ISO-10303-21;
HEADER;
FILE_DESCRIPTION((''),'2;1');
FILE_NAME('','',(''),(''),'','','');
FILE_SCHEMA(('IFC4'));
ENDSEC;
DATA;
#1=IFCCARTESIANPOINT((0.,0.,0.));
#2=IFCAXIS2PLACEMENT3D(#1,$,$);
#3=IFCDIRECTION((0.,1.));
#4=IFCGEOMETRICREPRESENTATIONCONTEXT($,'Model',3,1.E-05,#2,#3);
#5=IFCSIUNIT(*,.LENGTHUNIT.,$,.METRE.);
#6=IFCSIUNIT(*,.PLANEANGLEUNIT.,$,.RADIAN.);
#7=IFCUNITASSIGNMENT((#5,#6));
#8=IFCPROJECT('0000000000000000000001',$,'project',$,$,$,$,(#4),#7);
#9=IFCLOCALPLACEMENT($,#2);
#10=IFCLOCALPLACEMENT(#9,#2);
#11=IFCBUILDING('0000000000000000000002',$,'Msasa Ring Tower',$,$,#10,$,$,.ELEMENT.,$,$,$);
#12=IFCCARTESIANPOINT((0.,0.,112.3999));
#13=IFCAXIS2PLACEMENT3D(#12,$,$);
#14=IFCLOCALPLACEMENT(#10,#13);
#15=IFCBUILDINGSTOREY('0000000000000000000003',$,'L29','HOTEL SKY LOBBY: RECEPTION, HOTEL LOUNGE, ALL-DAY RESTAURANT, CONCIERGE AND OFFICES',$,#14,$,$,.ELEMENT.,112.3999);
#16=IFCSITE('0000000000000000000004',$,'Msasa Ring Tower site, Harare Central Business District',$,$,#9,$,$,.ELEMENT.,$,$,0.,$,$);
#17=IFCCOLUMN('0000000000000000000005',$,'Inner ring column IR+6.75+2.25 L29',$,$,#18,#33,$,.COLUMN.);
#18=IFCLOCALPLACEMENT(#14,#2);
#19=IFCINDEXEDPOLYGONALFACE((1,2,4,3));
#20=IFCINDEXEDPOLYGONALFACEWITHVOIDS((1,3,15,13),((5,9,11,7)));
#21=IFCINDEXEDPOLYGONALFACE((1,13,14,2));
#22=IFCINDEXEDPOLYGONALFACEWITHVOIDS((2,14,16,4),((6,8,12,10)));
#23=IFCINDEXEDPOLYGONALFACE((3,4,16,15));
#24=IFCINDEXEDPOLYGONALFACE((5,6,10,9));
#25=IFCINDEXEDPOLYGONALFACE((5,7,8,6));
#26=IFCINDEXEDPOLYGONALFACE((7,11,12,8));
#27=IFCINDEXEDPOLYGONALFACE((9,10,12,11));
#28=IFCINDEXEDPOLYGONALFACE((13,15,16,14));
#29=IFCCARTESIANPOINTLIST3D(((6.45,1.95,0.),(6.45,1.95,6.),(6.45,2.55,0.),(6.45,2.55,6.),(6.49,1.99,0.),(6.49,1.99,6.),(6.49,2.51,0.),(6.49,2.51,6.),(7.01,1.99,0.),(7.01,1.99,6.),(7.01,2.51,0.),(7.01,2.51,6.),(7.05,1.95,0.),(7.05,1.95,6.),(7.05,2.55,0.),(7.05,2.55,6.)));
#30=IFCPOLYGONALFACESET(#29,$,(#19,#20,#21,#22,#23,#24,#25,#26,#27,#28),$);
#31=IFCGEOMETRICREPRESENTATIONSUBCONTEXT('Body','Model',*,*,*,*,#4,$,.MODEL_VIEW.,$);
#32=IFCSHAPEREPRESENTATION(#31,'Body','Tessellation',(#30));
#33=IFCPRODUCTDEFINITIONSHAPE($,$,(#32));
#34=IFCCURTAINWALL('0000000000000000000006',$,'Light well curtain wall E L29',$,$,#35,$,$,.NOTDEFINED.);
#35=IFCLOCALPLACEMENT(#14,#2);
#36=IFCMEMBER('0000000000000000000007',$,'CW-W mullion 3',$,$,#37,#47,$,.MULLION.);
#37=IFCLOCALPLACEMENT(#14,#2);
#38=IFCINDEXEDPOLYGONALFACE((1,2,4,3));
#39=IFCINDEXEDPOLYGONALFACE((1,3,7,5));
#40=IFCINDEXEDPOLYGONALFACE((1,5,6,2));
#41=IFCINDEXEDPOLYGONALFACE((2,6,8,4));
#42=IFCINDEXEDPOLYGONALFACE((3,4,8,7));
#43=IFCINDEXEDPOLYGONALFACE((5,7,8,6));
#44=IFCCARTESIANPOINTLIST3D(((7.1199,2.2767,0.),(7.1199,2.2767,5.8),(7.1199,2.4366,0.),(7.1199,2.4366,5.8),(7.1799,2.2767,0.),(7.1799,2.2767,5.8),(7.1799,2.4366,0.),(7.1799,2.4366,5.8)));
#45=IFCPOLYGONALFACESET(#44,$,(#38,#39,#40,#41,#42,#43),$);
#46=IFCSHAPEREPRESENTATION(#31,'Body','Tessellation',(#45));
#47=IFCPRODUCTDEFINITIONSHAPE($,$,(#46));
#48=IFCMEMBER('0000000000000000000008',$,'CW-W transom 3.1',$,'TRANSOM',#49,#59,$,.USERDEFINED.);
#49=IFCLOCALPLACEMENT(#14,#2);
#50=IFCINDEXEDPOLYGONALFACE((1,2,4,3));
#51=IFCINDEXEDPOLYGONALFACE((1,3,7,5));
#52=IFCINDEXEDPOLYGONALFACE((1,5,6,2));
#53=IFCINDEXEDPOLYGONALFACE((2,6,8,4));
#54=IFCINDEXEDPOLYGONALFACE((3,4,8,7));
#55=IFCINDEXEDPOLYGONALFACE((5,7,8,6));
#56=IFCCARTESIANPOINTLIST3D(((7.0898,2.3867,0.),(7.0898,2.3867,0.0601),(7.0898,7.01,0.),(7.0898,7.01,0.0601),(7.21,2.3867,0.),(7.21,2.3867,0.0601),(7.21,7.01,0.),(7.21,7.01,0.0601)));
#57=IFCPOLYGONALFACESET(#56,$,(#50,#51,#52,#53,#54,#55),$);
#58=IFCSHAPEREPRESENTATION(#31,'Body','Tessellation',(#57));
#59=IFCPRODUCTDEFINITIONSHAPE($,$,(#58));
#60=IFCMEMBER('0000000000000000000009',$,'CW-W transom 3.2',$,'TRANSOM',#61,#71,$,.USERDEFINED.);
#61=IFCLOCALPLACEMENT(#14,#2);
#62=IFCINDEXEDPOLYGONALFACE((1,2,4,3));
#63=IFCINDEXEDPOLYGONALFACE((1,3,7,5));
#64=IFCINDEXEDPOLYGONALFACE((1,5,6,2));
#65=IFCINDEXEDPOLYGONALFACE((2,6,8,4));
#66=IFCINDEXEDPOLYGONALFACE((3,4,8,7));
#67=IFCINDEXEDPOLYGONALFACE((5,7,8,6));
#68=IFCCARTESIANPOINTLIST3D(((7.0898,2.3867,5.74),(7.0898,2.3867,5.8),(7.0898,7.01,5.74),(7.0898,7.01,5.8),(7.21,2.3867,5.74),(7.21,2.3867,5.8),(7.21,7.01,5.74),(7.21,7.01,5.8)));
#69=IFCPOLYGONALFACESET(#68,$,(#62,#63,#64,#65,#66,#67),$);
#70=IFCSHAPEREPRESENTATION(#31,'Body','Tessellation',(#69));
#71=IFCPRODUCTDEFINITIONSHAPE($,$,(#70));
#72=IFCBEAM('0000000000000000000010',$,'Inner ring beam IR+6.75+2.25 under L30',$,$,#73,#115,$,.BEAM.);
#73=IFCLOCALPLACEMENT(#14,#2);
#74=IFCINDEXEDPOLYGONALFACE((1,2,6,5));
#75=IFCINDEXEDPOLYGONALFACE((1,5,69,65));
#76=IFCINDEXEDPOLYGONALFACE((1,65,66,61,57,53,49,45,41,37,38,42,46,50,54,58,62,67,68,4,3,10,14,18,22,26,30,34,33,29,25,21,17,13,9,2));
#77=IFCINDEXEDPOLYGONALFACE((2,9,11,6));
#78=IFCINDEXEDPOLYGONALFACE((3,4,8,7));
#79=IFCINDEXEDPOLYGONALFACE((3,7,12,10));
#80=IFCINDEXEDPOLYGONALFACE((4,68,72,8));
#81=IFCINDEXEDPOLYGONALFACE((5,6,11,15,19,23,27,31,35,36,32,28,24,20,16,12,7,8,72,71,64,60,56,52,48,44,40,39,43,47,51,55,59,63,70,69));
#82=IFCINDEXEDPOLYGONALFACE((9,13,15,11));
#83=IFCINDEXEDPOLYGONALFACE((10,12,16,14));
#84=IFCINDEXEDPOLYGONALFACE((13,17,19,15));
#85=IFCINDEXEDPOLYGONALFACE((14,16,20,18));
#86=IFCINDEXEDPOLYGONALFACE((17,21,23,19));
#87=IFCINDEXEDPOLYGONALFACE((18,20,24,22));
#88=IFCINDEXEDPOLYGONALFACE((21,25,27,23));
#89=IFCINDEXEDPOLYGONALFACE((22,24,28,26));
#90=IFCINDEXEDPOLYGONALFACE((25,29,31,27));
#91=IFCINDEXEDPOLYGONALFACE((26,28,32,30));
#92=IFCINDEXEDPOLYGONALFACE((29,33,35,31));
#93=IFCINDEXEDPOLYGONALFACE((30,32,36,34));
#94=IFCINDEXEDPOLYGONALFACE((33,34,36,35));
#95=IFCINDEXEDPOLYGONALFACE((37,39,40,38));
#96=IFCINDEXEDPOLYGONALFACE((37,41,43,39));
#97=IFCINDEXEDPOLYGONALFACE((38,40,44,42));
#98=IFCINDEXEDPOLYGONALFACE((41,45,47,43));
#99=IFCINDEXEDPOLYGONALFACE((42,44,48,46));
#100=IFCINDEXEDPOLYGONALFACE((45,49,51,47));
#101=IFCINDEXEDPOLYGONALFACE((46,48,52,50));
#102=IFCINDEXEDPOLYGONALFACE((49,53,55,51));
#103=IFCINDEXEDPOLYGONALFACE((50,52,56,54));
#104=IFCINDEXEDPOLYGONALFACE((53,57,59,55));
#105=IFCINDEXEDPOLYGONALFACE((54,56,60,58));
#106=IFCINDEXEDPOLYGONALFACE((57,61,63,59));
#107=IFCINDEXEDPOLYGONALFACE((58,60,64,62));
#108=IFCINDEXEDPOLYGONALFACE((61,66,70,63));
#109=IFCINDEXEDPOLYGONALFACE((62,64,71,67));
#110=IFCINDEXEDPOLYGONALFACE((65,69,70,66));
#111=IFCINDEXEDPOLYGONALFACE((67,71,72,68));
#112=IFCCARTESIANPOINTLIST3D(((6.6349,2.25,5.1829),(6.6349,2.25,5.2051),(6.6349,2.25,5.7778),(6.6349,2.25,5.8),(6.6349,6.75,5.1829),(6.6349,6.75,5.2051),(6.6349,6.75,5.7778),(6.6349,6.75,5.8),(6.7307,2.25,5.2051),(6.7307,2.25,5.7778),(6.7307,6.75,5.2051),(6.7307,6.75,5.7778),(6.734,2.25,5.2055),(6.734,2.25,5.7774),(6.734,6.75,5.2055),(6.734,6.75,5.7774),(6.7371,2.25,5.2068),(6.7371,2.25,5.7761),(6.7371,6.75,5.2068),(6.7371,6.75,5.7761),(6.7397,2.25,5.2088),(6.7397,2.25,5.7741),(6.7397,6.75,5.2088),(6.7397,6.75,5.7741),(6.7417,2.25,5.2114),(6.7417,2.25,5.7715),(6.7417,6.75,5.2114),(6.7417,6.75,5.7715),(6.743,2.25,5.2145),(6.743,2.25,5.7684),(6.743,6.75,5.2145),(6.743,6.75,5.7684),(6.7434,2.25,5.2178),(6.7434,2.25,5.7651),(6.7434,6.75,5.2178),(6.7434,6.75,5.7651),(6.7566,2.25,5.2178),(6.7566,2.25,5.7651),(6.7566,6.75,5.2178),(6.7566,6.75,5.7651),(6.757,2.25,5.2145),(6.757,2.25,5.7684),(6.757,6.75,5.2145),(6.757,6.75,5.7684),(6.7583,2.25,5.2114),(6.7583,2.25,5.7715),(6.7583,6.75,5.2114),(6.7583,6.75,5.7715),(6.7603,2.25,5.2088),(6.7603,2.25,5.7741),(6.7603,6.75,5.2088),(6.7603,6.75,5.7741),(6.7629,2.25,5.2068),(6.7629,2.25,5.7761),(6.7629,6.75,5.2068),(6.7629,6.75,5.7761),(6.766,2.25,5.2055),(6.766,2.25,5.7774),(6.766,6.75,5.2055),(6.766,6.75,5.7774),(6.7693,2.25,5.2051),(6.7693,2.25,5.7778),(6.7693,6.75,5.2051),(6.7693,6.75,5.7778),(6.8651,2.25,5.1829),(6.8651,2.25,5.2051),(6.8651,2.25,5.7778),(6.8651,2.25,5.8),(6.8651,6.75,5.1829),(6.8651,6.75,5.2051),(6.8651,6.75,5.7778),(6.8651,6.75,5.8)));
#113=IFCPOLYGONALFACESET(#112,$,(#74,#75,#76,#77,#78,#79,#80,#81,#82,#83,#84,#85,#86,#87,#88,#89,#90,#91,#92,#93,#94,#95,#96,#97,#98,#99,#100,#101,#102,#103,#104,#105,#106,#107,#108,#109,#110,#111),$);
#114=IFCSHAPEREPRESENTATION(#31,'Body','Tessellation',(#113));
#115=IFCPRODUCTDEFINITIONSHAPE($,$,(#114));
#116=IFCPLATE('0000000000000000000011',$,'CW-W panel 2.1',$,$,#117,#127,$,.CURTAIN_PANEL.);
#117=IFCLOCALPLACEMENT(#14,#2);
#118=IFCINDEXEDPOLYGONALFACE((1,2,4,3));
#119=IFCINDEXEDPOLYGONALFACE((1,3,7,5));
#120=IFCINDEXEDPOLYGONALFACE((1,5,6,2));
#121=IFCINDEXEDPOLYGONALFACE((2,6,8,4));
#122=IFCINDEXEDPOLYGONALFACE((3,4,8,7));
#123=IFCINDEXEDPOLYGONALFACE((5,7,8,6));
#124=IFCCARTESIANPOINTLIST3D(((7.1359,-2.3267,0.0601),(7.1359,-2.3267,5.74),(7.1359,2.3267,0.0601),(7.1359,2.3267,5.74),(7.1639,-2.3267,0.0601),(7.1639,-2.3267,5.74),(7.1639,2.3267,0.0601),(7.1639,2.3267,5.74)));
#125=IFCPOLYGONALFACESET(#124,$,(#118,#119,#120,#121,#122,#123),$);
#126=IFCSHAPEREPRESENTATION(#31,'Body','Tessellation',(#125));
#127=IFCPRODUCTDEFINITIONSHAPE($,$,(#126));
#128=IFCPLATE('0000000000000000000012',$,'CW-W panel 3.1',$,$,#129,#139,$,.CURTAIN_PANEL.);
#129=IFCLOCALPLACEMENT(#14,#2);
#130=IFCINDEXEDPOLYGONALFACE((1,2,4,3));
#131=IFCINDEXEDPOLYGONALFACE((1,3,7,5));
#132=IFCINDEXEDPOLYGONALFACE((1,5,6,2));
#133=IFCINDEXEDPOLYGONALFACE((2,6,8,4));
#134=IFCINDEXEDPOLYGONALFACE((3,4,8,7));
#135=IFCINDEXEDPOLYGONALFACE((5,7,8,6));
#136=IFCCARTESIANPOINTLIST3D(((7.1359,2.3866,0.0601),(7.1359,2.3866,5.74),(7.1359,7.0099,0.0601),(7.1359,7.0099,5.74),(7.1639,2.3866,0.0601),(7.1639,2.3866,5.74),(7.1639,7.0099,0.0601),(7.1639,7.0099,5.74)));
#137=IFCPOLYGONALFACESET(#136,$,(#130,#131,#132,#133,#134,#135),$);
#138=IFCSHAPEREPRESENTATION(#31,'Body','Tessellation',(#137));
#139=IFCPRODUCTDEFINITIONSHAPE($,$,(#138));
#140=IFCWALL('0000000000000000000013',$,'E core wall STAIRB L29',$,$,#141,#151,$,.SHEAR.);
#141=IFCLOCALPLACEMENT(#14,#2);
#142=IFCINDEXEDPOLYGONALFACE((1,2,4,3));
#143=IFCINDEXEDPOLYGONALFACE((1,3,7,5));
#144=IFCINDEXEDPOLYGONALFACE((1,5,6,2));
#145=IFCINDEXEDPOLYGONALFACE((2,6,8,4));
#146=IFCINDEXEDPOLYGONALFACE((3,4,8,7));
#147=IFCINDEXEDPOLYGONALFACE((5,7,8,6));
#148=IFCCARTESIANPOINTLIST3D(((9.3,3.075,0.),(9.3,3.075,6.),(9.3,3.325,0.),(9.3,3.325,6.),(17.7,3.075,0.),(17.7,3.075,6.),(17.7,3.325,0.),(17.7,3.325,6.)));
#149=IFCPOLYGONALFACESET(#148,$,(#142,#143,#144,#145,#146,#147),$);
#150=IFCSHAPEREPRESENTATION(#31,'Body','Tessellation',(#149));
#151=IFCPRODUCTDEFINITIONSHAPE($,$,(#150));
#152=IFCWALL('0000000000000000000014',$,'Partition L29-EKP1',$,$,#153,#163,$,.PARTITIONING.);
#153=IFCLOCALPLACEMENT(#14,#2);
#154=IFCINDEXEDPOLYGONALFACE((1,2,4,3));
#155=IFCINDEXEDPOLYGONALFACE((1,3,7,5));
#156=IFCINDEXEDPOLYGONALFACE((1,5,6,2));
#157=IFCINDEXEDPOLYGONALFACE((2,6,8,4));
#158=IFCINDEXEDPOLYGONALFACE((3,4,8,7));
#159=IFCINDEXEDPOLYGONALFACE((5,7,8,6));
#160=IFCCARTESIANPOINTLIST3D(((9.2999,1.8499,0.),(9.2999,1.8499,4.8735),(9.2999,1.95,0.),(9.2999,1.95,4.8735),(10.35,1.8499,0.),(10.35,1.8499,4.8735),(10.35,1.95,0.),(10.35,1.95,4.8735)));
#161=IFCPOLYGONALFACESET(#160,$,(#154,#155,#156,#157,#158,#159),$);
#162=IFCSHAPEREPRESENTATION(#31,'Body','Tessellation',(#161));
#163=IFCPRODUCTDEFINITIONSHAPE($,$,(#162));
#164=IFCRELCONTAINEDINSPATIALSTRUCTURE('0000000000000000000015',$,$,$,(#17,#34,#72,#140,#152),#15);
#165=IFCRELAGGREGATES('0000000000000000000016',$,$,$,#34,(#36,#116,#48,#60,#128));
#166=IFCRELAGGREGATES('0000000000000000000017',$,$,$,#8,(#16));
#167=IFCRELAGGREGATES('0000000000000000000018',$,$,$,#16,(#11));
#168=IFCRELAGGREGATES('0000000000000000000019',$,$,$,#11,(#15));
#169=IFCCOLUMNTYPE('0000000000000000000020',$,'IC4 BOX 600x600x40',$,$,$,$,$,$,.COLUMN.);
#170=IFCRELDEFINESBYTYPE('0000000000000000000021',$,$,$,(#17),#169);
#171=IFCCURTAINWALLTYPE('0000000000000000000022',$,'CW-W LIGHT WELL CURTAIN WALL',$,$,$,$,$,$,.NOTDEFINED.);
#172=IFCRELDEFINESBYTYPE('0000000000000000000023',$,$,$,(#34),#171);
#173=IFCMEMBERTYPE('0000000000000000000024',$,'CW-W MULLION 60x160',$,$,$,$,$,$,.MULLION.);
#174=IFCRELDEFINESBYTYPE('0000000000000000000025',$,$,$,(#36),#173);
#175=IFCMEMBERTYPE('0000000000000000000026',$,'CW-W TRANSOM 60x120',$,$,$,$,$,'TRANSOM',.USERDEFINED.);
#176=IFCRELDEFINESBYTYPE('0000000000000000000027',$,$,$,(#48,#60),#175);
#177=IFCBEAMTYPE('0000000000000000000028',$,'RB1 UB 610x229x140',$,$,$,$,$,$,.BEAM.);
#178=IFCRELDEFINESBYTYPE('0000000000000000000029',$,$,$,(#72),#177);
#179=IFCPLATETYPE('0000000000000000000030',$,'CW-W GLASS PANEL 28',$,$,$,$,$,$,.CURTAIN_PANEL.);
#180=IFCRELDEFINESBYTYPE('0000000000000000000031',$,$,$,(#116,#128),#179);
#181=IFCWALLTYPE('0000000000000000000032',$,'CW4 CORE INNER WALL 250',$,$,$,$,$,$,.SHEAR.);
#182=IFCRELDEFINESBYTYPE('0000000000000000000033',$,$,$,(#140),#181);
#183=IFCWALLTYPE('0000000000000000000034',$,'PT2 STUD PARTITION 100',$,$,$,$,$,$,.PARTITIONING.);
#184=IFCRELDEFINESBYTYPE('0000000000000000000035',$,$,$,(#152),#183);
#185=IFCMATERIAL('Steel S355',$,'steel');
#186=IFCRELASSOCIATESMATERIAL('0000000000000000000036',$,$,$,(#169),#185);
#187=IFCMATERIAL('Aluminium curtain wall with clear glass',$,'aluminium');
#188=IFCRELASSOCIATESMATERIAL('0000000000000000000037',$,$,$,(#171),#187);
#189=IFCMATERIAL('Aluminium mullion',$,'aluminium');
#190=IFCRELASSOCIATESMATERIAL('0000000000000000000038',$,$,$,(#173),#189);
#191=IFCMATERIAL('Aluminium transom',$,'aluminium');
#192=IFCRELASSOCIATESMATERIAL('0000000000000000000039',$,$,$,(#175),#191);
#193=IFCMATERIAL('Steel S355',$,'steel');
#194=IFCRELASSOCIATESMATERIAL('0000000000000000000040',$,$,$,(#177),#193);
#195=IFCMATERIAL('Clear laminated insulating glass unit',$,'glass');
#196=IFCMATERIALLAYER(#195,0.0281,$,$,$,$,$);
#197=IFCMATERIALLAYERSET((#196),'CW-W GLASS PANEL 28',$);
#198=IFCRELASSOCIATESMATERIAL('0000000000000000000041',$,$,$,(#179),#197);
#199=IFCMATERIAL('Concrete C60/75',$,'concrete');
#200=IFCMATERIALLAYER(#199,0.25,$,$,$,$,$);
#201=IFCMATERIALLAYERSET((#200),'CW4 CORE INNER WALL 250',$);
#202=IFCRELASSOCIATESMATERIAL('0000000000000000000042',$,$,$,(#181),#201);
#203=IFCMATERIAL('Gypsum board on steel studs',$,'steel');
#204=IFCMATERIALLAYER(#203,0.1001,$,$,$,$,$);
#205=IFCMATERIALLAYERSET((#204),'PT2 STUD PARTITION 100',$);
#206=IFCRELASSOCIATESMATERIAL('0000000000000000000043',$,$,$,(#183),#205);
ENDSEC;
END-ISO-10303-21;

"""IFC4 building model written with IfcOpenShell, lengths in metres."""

from ifc_helpers import new_model, si_unit, direction, frame, frame_2d, origin, origin_2d, place, context, subcontext, project, spatial, rectangle, hollow_rectangle, i_section, extrude, material, layer, layer_set, material_profile, profile_set, type_object, element, aggregate, save


model = new_model("IFC4")

# Units and contexts
model_context = context("Model", 3, precision=1e-05, world=origin(), true_north=direction((0.0, 1.0)))
body_context = subcontext(model_context, "Body", "Model", "MODEL_VIEW")
ifc_project = project(units=[si_unit("LENGTHUNIT", "METRE"), si_unit("PLANEANGLEUNIT", "RADIAN")], contexts=[model_context])

# Site, building, storey
site_placement = place(None, origin())
site = spatial("IfcSite", under=ifc_project, at=site_placement, Name="Msasa Ring Tower site, Harare Central Business District", CompositionType="ELEMENT", RefElevation=0.0)
building_placement = place(site_placement, origin())
building = spatial("IfcBuilding", under=site, at=building_placement, Name="Msasa Ring Tower", CompositionType="ELEMENT")
storey_placement = place(building_placement, frame((0.0, 0.0, 112.3999)))
storey = spatial("IfcBuildingStorey", under=building, at=storey_placement, Name="L29", Description="HOTEL SKY LOBBY: RECEPTION, HOTEL LOUNGE, ALL-DAY RESTAURANT, CONCIERGE AND OFFICES", CompositionType="ELEMENT", Elevation=112.3999)

# Column
ifc_material_1 = material(Name="Steel S355", Category="steel")
ifc_material_profile_1 = material_profile(ifc_material_1, hollow_rectangle(XDim=0.6001, YDim=0.6001, WallThickness=0.04, at=origin_2d()), Name="BOX 600x600x40")
ifc_profile_set_1 = profile_set([ifc_material_profile_1], Name="Steel S355")
column_type = type_object("IfcColumnType", Name="IC4 BOX 600x600x40", PredefinedType="COLUMN", material=ifc_profile_set_1)
column_placement = place(storey_placement, frame((6.75, 2.25, 0.0), z_axis=(0.0, 0.0, 1.0), x_axis=(1.0, 0.0, 0.0)))
element("IfcColumn", 1, at=column_placement, inside=storey, type_object=column_type, Name="Inner ring column IR+6.75+2.25 L29", PredefinedType="COLUMN", context=body_context, shape_type="SweptSolid", body=[
    extrude(hollow_rectangle(XDim=0.6001, YDim=0.6001, WallThickness=0.04, at=origin_2d()), origin(), (0.0, 0.0, 1.0), 6.0),
])

# Curtain wall, members
ifc_material_2 = material(Name="Aluminium curtain wall with clear glass", Category="aluminium")
curtain_wall_type = type_object("IfcCurtainWallType", Name="CW-W LIGHT WELL CURTAIN WALL", PredefinedType="NOTDEFINED", material=ifc_material_2)
curtain_wall_placement = place(storey_placement, origin())
curtain_wall = element("IfcCurtainWall", 2, at=curtain_wall_placement, inside=storey, type_object=curtain_wall_type, Name="Light well curtain wall E L29", PredefinedType="NOTDEFINED")
ifc_material_3 = material(Name="Aluminium mullion", Category="aluminium")
ifc_material_profile_2 = material_profile(ifc_material_3, rectangle(XDim=0.0601, YDim=0.1599, at=origin_2d()), Name="AL 60x160")
ifc_profile_set_2 = profile_set([ifc_material_profile_2], Name="Aluminium mullion")
member_type_1 = type_object("IfcMemberType", Name="CW-W MULLION 60x160", PredefinedType="MULLION", material=ifc_profile_set_2)
member_1_placement = place(storey_placement, frame((7.1499, 2.3567, 0.0), z_axis=(0.0, 0.0, 1.0), x_axis=(-1.0, 0.0, 0.0)))
member_1 = element("IfcMember", 3, at=member_1_placement, type_object=member_type_1, Name="CW-W mullion 3", PredefinedType="MULLION", context=body_context, shape_type="SweptSolid", body=[
    extrude(rectangle(XDim=0.0601, YDim=0.1599, at=origin_2d()), origin(), (0.0, 0.0, 1.0), 5.8),
])
ifc_material_4 = material(Name="Aluminium transom", Category="aluminium")
ifc_material_profile_3 = material_profile(ifc_material_4, rectangle(XDim=0.1201, YDim=0.0601, at=origin_2d()), Name="AL 60x120")
ifc_profile_set_3 = profile_set([ifc_material_profile_3], Name="Aluminium transom")
member_type_2 = type_object("IfcMemberType", Name="CW-W TRANSOM 60x120", ElementType="TRANSOM", PredefinedType="USERDEFINED", material=ifc_profile_set_3)
member_2_placement = place(storey_placement, frame((7.1499, 2.3867, 0.03), z_axis=(0.0, 1.0, 0.0), x_axis=(-1.0, 0.0, 0.0)))
member_2 = element("IfcMember", 4, at=member_2_placement, type_object=member_type_2, Name="CW-W transom 3.1", ObjectType="TRANSOM", PredefinedType="USERDEFINED", context=body_context, shape_type="SweptSolid", body=[
    extrude(rectangle(XDim=0.1201, YDim=0.0601, at=origin_2d()), origin(), (0.0, 0.0, 1.0), 4.6233),
])
member_3_placement = place(storey_placement, frame((7.1499, 2.3867, 5.77), z_axis=(0.0, 1.0, 0.0), x_axis=(-1.0, 0.0, 0.0)))
member_3 = element("IfcMember", 5, at=member_3_placement, type_object=member_type_2, Name="CW-W transom 3.2", ObjectType="TRANSOM", PredefinedType="USERDEFINED", context=body_context, shape_type="SweptSolid", body=[
    extrude(rectangle(XDim=0.1201, YDim=0.0601, at=origin_2d()), origin(), (0.0, 0.0, 1.0), 4.6233),
])

# Beam
ifc_material_5 = material(Name="Steel S355", Category="steel")
ifc_material_profile_4 = material_profile(ifc_material_5, i_section(OverallWidth=0.2302, OverallDepth=0.6172, WebThickness=0.0132, FlangeThickness=0.0222, FilletRadius=0.0127, at=origin_2d()), Name="UB 610x229x140")
ifc_profile_set_4 = profile_set([ifc_material_profile_4], Name="Steel S355")
beam_type = type_object("IfcBeamType", Name="RB1 UB 610x229x140", PredefinedType="BEAM", material=ifc_profile_set_4)
beam_placement = place(storey_placement, frame((6.75, 2.25, 5.4915), z_axis=(0.0, 1.0, 0.0), x_axis=(-1.0, 0.0, 0.0)))
element("IfcBeam", 6, at=beam_placement, inside=storey, type_object=beam_type, Name="Inner ring beam IR+6.75+2.25 under L30", PredefinedType="BEAM", context=body_context, shape_type="SweptSolid", body=[
    extrude(i_section(OverallWidth=0.2302, OverallDepth=0.6172, WebThickness=0.0132, FlangeThickness=0.0222, FilletRadius=0.0127, at=origin_2d()), origin(), (0.0, 0.0, 1.0), 4.5),
])

# Plates
ifc_material_6 = material(Name="Clear laminated insulating glass unit", Category="glass")
ifc_layer_1 = layer(ifc_material_6, 0.0281)
ifc_layer_set_1 = layer_set([ifc_layer_1], Name="CW-W GLASS PANEL 28")
plate_type = type_object("IfcPlateType", Name="CW-W GLASS PANEL 28", PredefinedType="CURTAIN_PANEL", material=ifc_layer_set_1)
plate_1_placement = place(storey_placement, frame((7.1499, 0.0, 0.0601), z_axis=(0.0, 0.0, 1.0), x_axis=(0.0, 1.0, 0.0)))
plate_1 = element("IfcPlate", 7, at=plate_1_placement, type_object=plate_type, Name="CW-W panel 2.1", PredefinedType="CURTAIN_PANEL", context=body_context, shape_type="SweptSolid", body=[
    extrude(rectangle(XDim=4.6533, YDim=0.0281, at=origin_2d()), origin(), (0.0, 0.0, 1.0), 5.6799),
])
plate_2_placement = place(storey_placement, frame((7.1499, 4.6982, 0.0601), z_axis=(0.0, 0.0, 1.0), x_axis=(0.0, 1.0, 0.0)))
plate_2 = element("IfcPlate", 8, at=plate_2_placement, type_object=plate_type, Name="CW-W panel 3.1", PredefinedType="CURTAIN_PANEL", context=body_context, shape_type="SweptSolid", body=[
    extrude(rectangle(XDim=4.6233, YDim=0.0281, at=origin_2d()), origin(), (0.0, 0.0, 1.0), 5.6799),
])
aggregate(curtain_wall, [member_1, plate_1, member_2, member_3, plate_2])

# Walls
ifc_material_7 = material(Name="Concrete C60/75", Category="concrete")
ifc_layer_2 = layer(ifc_material_7, 0.25)
ifc_layer_set_2 = layer_set([ifc_layer_2], Name="CW4 CORE INNER WALL 250")
wall_type_1 = type_object("IfcWallType", Name="CW4 CORE INNER WALL 250", PredefinedType="SHEAR", material=ifc_layer_set_2)
wall_1_placement = place(storey_placement, frame((9.3, 3.2, 0.0), z_axis=(0.0, 0.0, 1.0), x_axis=(1.0, 0.0, 0.0)))
element("IfcWall", 9, at=wall_1_placement, inside=storey, type_object=wall_type_1, Name="E core wall STAIRB L29", PredefinedType="SHEAR", context=body_context, shape_type="SweptSolid", body=[
    extrude(rectangle(XDim=8.3999, YDim=0.25, at=frame_2d((4.2, 0.0))), origin(), (0.0, 0.0, 1.0), 6.0),
])
ifc_material_8 = material(Name="Gypsum board on steel studs", Category="steel")
ifc_layer_3 = layer(ifc_material_8, 0.1001)
ifc_layer_set_3 = layer_set([ifc_layer_3], Name="PT2 STUD PARTITION 100")
wall_type_2 = type_object("IfcWallType", Name="PT2 STUD PARTITION 100", PredefinedType="PARTITIONING", material=ifc_layer_set_3)
wall_2_placement = place(storey_placement, frame((9.3, 1.8999, 0.0), z_axis=(0.0, 0.0, 1.0), x_axis=(1.0, 0.0, 0.0)))
element("IfcWall", 10, at=wall_2_placement, inside=storey, type_object=wall_type_2, Name="Partition L29-EKP1", PredefinedType="PARTITIONING", context=body_context, shape_type="SweptSolid", body=[
    extrude(rectangle(XDim=1.05, YDim=0.1001, at=frame_2d((0.5249, 0.0))), origin(), (0.0, 0.0, 1.0), 4.8735),
])

save(model, "model.ifc")
